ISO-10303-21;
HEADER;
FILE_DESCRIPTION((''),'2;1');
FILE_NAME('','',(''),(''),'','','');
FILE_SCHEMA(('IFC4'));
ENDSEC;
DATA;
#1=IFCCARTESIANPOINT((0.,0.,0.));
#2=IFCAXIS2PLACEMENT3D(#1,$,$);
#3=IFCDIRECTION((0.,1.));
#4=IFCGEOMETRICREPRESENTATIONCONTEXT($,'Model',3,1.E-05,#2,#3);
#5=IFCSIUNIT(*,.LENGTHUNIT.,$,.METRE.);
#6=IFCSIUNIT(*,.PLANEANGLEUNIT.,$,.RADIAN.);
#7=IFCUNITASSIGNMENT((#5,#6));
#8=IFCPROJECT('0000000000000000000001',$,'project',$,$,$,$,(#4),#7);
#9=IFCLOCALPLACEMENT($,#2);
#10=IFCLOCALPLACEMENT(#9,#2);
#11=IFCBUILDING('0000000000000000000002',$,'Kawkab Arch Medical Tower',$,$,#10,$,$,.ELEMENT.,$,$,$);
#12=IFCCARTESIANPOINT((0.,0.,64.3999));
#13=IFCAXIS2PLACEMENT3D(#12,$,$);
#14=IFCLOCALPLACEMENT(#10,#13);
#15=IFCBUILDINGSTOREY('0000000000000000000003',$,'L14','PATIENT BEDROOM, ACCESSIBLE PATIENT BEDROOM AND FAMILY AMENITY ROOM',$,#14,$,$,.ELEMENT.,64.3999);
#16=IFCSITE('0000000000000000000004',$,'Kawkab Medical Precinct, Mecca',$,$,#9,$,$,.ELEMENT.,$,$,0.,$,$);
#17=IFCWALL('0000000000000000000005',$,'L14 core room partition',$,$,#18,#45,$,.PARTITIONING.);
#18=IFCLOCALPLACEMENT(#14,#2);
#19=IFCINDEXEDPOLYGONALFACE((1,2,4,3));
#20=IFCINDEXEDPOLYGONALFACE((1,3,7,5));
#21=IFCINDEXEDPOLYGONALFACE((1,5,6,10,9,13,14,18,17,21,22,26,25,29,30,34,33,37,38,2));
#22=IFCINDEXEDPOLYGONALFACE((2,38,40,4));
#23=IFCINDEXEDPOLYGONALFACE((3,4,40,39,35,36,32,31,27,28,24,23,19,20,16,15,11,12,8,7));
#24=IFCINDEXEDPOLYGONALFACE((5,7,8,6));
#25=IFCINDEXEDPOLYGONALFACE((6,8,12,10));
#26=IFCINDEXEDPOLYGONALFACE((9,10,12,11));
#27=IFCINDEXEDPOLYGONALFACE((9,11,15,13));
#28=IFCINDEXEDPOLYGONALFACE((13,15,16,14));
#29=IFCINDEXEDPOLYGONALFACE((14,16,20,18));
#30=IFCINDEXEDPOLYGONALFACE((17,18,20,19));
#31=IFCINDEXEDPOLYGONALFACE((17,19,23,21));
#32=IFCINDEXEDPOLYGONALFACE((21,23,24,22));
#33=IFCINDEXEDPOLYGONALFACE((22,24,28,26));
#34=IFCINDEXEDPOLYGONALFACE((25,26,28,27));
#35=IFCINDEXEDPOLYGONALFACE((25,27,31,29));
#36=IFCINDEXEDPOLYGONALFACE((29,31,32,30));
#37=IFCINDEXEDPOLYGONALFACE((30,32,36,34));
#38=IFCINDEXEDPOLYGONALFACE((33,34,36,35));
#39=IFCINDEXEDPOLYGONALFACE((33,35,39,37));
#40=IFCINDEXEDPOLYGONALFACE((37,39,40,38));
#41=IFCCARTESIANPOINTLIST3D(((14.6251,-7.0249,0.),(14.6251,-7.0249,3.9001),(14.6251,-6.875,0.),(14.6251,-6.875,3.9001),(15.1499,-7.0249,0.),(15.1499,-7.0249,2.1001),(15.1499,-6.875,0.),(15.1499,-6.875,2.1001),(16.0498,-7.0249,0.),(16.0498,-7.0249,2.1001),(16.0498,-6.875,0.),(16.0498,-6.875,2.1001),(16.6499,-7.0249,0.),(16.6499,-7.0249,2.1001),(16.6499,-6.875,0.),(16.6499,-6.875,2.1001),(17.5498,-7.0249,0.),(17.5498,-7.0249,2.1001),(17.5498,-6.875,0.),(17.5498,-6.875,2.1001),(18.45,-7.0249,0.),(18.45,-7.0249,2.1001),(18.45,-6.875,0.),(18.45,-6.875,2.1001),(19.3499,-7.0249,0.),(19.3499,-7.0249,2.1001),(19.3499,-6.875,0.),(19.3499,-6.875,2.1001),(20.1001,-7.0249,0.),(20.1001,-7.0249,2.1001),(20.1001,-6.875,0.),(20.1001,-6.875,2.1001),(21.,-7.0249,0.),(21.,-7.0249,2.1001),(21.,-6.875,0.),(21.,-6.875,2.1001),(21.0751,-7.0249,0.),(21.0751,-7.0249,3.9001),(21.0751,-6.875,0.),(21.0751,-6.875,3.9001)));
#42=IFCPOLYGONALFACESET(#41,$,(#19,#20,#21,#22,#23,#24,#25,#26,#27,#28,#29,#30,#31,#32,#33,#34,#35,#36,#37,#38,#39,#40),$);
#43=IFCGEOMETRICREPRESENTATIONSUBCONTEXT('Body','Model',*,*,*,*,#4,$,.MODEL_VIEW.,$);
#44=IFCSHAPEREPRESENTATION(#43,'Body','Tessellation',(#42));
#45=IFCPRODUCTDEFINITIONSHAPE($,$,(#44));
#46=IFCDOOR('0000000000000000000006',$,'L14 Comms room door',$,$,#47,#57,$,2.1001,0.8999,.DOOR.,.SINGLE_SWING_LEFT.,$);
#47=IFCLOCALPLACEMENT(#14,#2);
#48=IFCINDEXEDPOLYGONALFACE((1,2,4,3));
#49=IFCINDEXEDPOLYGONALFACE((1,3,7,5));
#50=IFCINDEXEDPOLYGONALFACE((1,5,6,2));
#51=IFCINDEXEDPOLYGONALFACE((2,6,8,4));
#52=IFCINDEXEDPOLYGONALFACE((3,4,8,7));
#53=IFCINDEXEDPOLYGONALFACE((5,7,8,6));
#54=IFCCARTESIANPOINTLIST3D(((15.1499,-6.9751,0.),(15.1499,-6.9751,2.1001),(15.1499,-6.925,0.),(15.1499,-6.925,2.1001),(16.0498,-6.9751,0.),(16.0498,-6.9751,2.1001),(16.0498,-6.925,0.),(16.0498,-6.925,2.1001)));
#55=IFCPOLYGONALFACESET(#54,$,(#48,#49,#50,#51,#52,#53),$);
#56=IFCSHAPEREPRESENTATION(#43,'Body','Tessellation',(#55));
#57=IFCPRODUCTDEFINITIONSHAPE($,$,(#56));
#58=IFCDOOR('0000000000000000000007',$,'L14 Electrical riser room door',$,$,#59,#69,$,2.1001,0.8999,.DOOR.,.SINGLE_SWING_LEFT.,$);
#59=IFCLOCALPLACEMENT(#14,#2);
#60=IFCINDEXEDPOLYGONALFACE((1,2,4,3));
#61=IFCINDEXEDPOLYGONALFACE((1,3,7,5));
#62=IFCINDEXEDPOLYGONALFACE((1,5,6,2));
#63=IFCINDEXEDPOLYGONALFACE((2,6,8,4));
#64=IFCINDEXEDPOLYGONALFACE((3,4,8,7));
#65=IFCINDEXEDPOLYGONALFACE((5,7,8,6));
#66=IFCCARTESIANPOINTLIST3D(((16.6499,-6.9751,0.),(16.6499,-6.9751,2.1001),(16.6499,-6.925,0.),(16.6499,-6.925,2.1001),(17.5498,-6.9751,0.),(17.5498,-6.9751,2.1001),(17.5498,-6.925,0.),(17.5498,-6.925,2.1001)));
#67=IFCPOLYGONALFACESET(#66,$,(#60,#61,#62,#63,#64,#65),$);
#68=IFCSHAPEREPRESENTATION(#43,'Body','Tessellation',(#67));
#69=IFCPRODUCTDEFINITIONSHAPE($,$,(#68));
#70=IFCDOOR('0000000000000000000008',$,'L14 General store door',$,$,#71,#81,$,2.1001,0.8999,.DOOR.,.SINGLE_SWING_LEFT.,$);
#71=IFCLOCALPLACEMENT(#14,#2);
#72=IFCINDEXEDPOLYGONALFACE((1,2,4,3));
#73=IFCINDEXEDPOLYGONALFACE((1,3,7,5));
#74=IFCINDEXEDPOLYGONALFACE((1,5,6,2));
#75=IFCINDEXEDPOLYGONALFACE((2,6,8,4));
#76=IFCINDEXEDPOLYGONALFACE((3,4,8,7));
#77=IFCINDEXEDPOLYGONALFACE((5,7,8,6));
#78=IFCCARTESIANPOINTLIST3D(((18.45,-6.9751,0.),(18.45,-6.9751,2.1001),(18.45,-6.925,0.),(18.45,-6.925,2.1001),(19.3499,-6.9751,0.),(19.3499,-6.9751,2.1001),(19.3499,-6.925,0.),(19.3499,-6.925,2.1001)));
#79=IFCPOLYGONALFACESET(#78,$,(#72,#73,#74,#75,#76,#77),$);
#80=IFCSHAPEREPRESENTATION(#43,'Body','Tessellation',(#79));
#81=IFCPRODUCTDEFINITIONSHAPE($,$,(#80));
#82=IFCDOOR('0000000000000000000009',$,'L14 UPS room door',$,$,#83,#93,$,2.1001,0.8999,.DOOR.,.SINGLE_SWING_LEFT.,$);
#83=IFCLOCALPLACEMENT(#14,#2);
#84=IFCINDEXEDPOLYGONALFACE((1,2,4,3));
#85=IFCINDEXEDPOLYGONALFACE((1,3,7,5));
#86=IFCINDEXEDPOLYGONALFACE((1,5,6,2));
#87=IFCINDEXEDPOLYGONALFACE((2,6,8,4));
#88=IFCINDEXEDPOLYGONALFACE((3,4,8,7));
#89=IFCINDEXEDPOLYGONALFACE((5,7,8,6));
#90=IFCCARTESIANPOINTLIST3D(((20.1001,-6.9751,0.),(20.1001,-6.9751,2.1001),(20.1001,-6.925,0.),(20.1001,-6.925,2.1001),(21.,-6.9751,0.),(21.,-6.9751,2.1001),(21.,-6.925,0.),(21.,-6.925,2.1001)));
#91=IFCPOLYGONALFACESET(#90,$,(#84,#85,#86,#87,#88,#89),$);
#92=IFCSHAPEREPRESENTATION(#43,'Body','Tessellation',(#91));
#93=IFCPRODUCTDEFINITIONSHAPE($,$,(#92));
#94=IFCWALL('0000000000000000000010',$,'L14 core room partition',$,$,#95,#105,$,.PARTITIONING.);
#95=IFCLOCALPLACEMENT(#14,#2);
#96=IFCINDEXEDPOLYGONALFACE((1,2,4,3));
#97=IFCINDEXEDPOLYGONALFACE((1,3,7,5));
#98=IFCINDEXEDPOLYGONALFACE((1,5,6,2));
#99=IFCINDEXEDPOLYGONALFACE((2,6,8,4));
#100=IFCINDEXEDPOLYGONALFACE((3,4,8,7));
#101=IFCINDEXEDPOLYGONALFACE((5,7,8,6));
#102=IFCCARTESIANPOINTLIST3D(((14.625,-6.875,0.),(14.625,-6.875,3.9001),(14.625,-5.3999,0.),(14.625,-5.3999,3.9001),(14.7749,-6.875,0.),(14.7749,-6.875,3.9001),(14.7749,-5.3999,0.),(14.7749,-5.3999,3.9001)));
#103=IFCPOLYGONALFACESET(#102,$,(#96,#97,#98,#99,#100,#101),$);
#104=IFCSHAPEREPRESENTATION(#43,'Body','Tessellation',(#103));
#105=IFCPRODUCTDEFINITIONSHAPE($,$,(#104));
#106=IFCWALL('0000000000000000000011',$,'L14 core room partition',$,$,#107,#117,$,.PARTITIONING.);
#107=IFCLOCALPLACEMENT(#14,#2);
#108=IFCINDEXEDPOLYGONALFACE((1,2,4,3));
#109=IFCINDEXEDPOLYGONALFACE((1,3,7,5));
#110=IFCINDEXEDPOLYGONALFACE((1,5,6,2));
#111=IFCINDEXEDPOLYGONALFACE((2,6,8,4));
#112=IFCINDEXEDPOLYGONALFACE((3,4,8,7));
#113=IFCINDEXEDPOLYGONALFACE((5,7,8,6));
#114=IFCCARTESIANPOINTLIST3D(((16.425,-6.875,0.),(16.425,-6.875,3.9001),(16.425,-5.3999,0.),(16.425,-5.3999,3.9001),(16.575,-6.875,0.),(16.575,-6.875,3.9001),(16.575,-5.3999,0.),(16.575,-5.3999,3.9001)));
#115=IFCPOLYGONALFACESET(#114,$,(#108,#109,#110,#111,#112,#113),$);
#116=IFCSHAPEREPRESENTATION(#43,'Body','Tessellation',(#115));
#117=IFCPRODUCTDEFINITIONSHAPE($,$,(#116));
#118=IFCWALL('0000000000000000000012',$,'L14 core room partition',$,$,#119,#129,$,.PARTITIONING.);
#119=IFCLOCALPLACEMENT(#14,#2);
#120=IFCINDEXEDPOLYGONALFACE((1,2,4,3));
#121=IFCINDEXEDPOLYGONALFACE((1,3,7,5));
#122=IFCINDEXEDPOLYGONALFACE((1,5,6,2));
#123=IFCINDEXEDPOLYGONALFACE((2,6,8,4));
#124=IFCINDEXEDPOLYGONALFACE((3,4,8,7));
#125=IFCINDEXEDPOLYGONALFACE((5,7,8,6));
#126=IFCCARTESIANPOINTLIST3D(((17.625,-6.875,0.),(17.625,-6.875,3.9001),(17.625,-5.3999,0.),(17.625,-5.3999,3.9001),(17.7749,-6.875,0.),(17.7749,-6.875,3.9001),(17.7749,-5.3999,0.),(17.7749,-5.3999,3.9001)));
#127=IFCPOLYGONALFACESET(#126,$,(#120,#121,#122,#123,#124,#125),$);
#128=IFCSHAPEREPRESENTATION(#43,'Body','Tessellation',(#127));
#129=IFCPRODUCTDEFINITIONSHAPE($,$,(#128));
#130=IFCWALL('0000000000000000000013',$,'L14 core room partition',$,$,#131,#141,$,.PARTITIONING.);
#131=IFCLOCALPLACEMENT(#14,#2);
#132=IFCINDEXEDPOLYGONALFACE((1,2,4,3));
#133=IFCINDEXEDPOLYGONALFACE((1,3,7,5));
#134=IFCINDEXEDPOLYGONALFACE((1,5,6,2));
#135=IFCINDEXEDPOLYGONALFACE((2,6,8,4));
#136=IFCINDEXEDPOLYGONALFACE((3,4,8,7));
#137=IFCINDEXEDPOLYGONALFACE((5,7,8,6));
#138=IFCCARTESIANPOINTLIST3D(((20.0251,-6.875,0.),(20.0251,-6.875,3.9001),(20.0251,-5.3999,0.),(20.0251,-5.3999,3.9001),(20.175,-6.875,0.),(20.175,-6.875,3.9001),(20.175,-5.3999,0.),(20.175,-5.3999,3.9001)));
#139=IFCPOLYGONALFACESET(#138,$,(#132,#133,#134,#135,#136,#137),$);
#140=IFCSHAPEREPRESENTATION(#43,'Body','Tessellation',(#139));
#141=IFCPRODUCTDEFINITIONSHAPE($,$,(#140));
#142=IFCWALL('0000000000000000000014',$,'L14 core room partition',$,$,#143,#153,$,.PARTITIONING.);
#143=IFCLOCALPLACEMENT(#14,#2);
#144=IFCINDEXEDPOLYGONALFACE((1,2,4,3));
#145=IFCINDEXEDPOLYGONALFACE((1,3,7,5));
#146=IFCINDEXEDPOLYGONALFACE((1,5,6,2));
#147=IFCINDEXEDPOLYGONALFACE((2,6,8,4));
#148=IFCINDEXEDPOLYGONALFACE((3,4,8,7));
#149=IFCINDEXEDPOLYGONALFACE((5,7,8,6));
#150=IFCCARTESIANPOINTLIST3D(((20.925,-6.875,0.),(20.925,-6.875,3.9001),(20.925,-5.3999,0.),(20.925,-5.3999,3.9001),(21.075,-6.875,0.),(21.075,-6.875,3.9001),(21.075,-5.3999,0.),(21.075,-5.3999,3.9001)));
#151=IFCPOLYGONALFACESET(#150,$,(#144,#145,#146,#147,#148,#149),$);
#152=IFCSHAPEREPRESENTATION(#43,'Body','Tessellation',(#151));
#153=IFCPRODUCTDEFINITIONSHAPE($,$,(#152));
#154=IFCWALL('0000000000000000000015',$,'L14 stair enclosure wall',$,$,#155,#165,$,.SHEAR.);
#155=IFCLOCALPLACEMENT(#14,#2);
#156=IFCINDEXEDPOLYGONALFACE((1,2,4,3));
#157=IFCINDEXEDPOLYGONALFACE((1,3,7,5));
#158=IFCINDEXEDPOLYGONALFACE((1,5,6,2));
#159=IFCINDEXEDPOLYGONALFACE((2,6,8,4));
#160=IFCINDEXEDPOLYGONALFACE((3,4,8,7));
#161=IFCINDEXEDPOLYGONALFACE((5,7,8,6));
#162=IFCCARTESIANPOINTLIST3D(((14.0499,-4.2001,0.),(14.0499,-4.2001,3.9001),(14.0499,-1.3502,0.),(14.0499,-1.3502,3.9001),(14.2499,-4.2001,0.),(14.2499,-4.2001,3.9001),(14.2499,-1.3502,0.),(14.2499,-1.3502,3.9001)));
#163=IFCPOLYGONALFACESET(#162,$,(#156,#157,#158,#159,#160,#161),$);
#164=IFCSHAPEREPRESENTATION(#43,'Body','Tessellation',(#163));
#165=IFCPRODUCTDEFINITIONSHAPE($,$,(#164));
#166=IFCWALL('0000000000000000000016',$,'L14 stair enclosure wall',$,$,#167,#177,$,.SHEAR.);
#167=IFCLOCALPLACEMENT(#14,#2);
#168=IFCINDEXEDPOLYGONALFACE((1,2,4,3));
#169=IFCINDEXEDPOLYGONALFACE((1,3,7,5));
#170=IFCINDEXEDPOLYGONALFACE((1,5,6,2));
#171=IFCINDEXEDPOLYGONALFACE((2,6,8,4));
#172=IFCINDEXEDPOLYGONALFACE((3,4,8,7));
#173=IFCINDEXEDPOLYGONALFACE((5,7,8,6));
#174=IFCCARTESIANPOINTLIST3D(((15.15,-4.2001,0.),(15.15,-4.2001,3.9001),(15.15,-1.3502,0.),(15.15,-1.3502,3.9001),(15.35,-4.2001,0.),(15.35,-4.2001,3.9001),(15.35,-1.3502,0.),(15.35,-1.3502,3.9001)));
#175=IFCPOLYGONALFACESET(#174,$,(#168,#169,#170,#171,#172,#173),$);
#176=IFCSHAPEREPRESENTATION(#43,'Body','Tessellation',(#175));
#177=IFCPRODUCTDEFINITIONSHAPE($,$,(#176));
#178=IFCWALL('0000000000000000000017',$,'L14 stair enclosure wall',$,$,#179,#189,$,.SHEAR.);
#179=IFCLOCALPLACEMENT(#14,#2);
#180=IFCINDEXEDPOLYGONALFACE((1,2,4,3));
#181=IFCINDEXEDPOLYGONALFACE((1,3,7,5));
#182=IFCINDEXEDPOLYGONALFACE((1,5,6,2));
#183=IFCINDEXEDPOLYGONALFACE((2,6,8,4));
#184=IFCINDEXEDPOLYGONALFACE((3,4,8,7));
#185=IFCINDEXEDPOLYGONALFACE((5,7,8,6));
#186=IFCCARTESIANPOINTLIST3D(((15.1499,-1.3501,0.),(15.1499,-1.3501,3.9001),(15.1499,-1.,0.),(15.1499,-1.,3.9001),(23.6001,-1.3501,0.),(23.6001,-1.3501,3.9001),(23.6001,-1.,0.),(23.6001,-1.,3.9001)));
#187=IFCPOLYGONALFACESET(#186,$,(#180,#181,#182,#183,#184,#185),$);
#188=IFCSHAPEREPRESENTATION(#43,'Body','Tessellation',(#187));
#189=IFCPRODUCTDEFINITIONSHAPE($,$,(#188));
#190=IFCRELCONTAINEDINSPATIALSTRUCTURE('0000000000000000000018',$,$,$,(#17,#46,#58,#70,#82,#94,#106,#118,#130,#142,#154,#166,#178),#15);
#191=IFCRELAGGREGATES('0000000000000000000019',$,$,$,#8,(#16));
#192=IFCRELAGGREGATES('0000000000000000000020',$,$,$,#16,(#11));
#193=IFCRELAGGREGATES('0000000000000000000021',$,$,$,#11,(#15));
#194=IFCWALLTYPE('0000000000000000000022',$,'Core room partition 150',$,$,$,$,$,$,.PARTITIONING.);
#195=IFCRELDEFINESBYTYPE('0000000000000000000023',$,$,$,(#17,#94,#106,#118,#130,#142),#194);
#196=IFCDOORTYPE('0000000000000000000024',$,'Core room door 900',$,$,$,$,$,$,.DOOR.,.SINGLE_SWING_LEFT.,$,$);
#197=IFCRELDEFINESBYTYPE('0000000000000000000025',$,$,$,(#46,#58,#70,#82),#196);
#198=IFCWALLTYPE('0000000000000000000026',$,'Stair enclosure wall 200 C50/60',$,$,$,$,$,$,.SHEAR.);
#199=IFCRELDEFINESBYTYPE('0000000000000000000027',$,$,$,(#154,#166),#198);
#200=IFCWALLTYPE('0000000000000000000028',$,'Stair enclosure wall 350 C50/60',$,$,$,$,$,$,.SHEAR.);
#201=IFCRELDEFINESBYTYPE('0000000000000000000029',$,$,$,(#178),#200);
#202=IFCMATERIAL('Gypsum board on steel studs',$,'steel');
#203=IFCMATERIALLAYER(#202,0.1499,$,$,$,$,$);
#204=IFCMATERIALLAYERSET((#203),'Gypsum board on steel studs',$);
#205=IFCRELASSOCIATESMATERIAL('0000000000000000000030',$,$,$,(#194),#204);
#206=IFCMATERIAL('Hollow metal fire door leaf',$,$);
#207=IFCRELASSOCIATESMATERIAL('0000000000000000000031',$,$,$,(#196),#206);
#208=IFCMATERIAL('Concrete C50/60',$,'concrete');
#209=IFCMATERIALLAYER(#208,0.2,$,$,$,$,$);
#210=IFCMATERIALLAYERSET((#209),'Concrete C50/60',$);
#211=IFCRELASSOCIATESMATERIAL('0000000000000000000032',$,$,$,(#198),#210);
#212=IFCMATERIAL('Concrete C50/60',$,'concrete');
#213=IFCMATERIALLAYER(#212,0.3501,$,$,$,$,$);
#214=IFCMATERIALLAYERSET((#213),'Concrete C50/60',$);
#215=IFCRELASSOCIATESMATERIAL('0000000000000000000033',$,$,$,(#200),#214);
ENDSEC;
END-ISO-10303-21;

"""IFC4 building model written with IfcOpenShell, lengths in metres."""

from ifc_helpers import new_model, si_unit, direction, frame, frame_2d, origin, place, context, subcontext, project, spatial, rectangle, extrude, material, layer, layer_set, type_object, element, fill, save


model = new_model("IFC4")

# Units and contexts
model_context = context("Model", 3, precision=1e-05, world=origin(), true_north=direction((0.0, 1.0)))
body_context = subcontext(model_context, "Body", "Model", "MODEL_VIEW")
ifc_project = project(units=[si_unit("LENGTHUNIT", "METRE"), si_unit("PLANEANGLEUNIT", "RADIAN")], contexts=[model_context])

# Site, building, storey
site_placement = place(None, origin())
site = spatial("IfcSite", under=ifc_project, at=site_placement, Name="Kawkab Medical Precinct, Mecca", CompositionType="ELEMENT", RefElevation=0.0)
building_placement = place(site_placement, origin())
building = spatial("IfcBuilding", under=site, at=building_placement, Name="Kawkab Arch Medical Tower", CompositionType="ELEMENT")
storey_placement = place(building_placement, frame((0.0, 0.0, 64.3999)))
storey = spatial("IfcBuildingStorey", under=building, at=storey_placement, Name="L14", Description="PATIENT BEDROOM, ACCESSIBLE PATIENT BEDROOM AND FAMILY AMENITY ROOM", CompositionType="ELEMENT", Elevation=64.3999)

# Wall, openings, doors
ifc_material_1 = material(Name="Gypsum board on steel studs", Category="steel")
ifc_layer_1 = layer(ifc_material_1, 0.1499)
ifc_layer_set_1 = layer_set([ifc_layer_1], Name="Gypsum board on steel studs")
wall_type_1 = type_object("IfcWallType", Name="Core room partition 150", PredefinedType="PARTITIONING", material=ifc_layer_set_1)
wall_1_placement = place(storey_placement, frame((14.625, -6.95, 0.0), z_axis=(0.0, 0.0, 1.0), x_axis=(1.0, 0.0, 0.0)))
wall_1 = element("IfcWall", 1, at=wall_1_placement, inside=storey, type_object=wall_type_1, Name="L14 core room partition", PredefinedType="PARTITIONING", context=body_context, shape_type="SweptSolid", body=[
    extrude(rectangle(XDim=6.45, YDim=0.1499, at=frame_2d((3.2251, 0.0))), origin(), (0.0, 0.0, 1.0), 3.9001),
])
opening_1_placement = place(wall_1_placement, frame((0.5249, 0.0, 0.0)))
opening_1 = element("IfcOpeningElement", 2, at=opening_1_placement, cuts=wall_1, PredefinedType="OPENING", context=body_context, shape_type="SweptSolid", body=[
    extrude(rectangle(XDim=0.8999, YDim=2.1001, at=frame_2d((0.45, 1.05))), frame((0.0, 0.085, 0.0), z_axis=(0.0, -1.0, 0.0), x_axis=(1.0, 0.0, 0.0)), (0.0, 0.0, 1.0), 0.1699),
])
opening_2_placement = place(wall_1_placement, frame((2.0249, 0.0, 0.0)))
opening_2 = element("IfcOpeningElement", 3, at=opening_2_placement, cuts=wall_1, PredefinedType="OPENING", context=body_context, shape_type="SweptSolid", body=[
    extrude(rectangle(XDim=0.8999, YDim=2.1001, at=frame_2d((0.45, 1.05))), frame((0.0, 0.085, 0.0), z_axis=(0.0, -1.0, 0.0), x_axis=(1.0, 0.0, 0.0)), (0.0, 0.0, 1.0), 0.1699),
])
opening_3_placement = place(wall_1_placement, frame((3.825, 0.0, 0.0)))
opening_3 = element("IfcOpeningElement", 4, at=opening_3_placement, cuts=wall_1, PredefinedType="OPENING", context=body_context, shape_type="SweptSolid", body=[
    extrude(rectangle(XDim=0.8999, YDim=2.1001, at=frame_2d((0.45, 1.05))), frame((0.0, 0.085, 0.0), z_axis=(0.0, -1.0, 0.0), x_axis=(1.0, 0.0, 0.0)), (0.0, 0.0, 1.0), 0.1699),
])
opening_4_placement = place(wall_1_placement, frame((5.4751, 0.0, 0.0)))
opening_4 = element("IfcOpeningElement", 5, at=opening_4_placement, cuts=wall_1, PredefinedType="OPENING", context=body_context, shape_type="SweptSolid", body=[
    extrude(rectangle(XDim=0.8999, YDim=2.1001, at=frame_2d((0.45, 1.05))), frame((0.0, 0.085, 0.0), z_axis=(0.0, -1.0, 0.0), x_axis=(1.0, 0.0, 0.0)), (0.0, 0.0, 1.0), 0.1699),
])
ifc_material_2 = material(Name="Hollow metal fire door leaf")
door_type = type_object("IfcDoorType", Name="Core room door 900", OperationType="SINGLE_SWING_LEFT", PredefinedType="DOOR", material=ifc_material_2)
door_1_placement = place(opening_1_placement, origin())
door_1 = element("IfcDoor", 6, at=door_1_placement, inside=storey, type_object=door_type, Name="L14 Comms room door", OperationType="SINGLE_SWING_LEFT", OverallHeight=2.1001, OverallWidth=0.8999, PredefinedType="DOOR", context=body_context, shape_type="SweptSolid", body=[
    extrude(rectangle(XDim=0.8999, YDim=2.1001, at=frame_2d((0.45, 1.05))), frame((0.0, 0.0249, 0.0), z_axis=(0.0, -1.0, 0.0), x_axis=(1.0, 0.0, 0.0)), (0.0, 0.0, 1.0), 0.05),
])
fill(opening_1, door_1)
door_2_placement = place(opening_2_placement, origin())
door_2 = element("IfcDoor", 7, at=door_2_placement, inside=storey, type_object=door_type, Name="L14 Electrical riser room door", OperationType="SINGLE_SWING_LEFT", OverallHeight=2.1001, OverallWidth=0.8999, PredefinedType="DOOR", context=body_context, shape_type="SweptSolid", body=[
    extrude(rectangle(XDim=0.8999, YDim=2.1001, at=frame_2d((0.45, 1.05))), frame((0.0, 0.0249, 0.0), z_axis=(0.0, -1.0, 0.0), x_axis=(1.0, 0.0, 0.0)), (0.0, 0.0, 1.0), 0.05),
])
fill(opening_2, door_2)
door_3_placement = place(opening_3_placement, origin())
door_3 = element("IfcDoor", 8, at=door_3_placement, inside=storey, type_object=door_type, Name="L14 General store door", OperationType="SINGLE_SWING_LEFT", OverallHeight=2.1001, OverallWidth=0.8999, PredefinedType="DOOR", context=body_context, shape_type="SweptSolid", body=[
    extrude(rectangle(XDim=0.8999, YDim=2.1001, at=frame_2d((0.45, 1.05))), frame((0.0, 0.0249, 0.0), z_axis=(0.0, -1.0, 0.0), x_axis=(1.0, 0.0, 0.0)), (0.0, 0.0, 1.0), 0.05),
])
fill(opening_3, door_3)
door_4_placement = place(opening_4_placement, origin())
door_4 = element("IfcDoor", 9, at=door_4_placement, inside=storey, type_object=door_type, Name="L14 UPS room door", OperationType="SINGLE_SWING_LEFT", OverallHeight=2.1001, OverallWidth=0.8999, PredefinedType="DOOR", context=body_context, shape_type="SweptSolid", body=[
    extrude(rectangle(XDim=0.8999, YDim=2.1001, at=frame_2d((0.45, 1.05))), frame((0.0, 0.0249, 0.0), z_axis=(0.0, -1.0, 0.0), x_axis=(1.0, 0.0, 0.0)), (0.0, 0.0, 1.0), 0.05),
])
fill(opening_4, door_4)

# Walls
for number, where, z_axis, x_axis, name in (
    (10, (14.7, -6.875, 0.0), (0.0, 0.0, 1.0), (0.0, 1.0, 0.0), "L14 core room partition"),
    (11, (16.5, -6.875, 0.0), (0.0, 0.0, 1.0), (0.0, 1.0, 0.0), "L14 core room partition"),
    (12, (17.7, -6.875, 0.0), (0.0, 0.0, 1.0), (0.0, 1.0, 0.0), "L14 core room partition"),
    (13, (20.1001, -6.875, 0.0), (0.0, 0.0, 1.0), (0.0, 1.0, 0.0), "L14 core room partition"),
    (14, (21.0, -6.875, 0.0), (0.0, 0.0, 1.0), (0.0, 1.0, 0.0), "L14 core room partition"),
):
    element("IfcWall", number, at=place(storey_placement, frame(where, z_axis=z_axis, x_axis=x_axis)), inside=storey, type_object=wall_type_1, Name=name, PredefinedType="PARTITIONING", context=body_context, shape_type="SweptSolid", body=[
        extrude(rectangle(XDim=1.4751, YDim=0.1499, at=frame_2d((0.7375, 0.0))), origin(), (0.0, 0.0, 1.0), 3.9001),
    ])
ifc_material_3 = material(Name="Concrete C50/60", Category="concrete")
ifc_layer_2 = layer(ifc_material_3, 0.2)
ifc_layer_set_2 = layer_set([ifc_layer_2], Name="Concrete C50/60")
wall_type_2 = type_object("IfcWallType", Name="Stair enclosure wall 200 C50/60", PredefinedType="SHEAR", material=ifc_layer_set_2)
for number, where, z_axis, x_axis, name in (
    (15, (14.1499, -4.2, 0.0), (0.0, 0.0, 1.0), (0.0, 1.0, 0.0), "L14 stair enclosure wall"),
    (16, (15.25, -4.2, 0.0), (0.0, 0.0, 1.0), (0.0, 1.0, 0.0), "L14 stair enclosure wall"),
):
    element("IfcWall", number, at=place(storey_placement, frame(where, z_axis=z_axis, x_axis=x_axis)), inside=storey, type_object=wall_type_2, Name=name, PredefinedType="SHEAR", context=body_context, shape_type="SweptSolid", body=[
        extrude(rectangle(XDim=2.8499, YDim=0.2, at=frame_2d((1.4248, 0.0))), origin(), (0.0, 0.0, 1.0), 3.9001),
    ])
ifc_material_4 = material(Name="Concrete C50/60", Category="concrete")
ifc_layer_3 = layer(ifc_material_4, 0.3501)
ifc_layer_set_3 = layer_set([ifc_layer_3], Name="Concrete C50/60")
wall_type_3 = type_object("IfcWallType", Name="Stair enclosure wall 350 C50/60", PredefinedType="SHEAR", material=ifc_layer_set_3)
wall_2_placement = place(storey_placement, frame((15.1499, -1.175, 0.0), z_axis=(0.0, 0.0, 1.0), x_axis=(1.0, 0.0, 0.0)))
element("IfcWall", 17, at=wall_2_placement, inside=storey, type_object=wall_type_3, Name="L14 stair enclosure wall", PredefinedType="SHEAR", context=body_context, shape_type="SweptSolid", body=[
    extrude(rectangle(XDim=8.4502, YDim=0.3501, at=frame_2d((4.2251, 0.0))), origin(), (0.0, 0.0, 1.0), 3.9001),
])

save(model, "model.ifc")
